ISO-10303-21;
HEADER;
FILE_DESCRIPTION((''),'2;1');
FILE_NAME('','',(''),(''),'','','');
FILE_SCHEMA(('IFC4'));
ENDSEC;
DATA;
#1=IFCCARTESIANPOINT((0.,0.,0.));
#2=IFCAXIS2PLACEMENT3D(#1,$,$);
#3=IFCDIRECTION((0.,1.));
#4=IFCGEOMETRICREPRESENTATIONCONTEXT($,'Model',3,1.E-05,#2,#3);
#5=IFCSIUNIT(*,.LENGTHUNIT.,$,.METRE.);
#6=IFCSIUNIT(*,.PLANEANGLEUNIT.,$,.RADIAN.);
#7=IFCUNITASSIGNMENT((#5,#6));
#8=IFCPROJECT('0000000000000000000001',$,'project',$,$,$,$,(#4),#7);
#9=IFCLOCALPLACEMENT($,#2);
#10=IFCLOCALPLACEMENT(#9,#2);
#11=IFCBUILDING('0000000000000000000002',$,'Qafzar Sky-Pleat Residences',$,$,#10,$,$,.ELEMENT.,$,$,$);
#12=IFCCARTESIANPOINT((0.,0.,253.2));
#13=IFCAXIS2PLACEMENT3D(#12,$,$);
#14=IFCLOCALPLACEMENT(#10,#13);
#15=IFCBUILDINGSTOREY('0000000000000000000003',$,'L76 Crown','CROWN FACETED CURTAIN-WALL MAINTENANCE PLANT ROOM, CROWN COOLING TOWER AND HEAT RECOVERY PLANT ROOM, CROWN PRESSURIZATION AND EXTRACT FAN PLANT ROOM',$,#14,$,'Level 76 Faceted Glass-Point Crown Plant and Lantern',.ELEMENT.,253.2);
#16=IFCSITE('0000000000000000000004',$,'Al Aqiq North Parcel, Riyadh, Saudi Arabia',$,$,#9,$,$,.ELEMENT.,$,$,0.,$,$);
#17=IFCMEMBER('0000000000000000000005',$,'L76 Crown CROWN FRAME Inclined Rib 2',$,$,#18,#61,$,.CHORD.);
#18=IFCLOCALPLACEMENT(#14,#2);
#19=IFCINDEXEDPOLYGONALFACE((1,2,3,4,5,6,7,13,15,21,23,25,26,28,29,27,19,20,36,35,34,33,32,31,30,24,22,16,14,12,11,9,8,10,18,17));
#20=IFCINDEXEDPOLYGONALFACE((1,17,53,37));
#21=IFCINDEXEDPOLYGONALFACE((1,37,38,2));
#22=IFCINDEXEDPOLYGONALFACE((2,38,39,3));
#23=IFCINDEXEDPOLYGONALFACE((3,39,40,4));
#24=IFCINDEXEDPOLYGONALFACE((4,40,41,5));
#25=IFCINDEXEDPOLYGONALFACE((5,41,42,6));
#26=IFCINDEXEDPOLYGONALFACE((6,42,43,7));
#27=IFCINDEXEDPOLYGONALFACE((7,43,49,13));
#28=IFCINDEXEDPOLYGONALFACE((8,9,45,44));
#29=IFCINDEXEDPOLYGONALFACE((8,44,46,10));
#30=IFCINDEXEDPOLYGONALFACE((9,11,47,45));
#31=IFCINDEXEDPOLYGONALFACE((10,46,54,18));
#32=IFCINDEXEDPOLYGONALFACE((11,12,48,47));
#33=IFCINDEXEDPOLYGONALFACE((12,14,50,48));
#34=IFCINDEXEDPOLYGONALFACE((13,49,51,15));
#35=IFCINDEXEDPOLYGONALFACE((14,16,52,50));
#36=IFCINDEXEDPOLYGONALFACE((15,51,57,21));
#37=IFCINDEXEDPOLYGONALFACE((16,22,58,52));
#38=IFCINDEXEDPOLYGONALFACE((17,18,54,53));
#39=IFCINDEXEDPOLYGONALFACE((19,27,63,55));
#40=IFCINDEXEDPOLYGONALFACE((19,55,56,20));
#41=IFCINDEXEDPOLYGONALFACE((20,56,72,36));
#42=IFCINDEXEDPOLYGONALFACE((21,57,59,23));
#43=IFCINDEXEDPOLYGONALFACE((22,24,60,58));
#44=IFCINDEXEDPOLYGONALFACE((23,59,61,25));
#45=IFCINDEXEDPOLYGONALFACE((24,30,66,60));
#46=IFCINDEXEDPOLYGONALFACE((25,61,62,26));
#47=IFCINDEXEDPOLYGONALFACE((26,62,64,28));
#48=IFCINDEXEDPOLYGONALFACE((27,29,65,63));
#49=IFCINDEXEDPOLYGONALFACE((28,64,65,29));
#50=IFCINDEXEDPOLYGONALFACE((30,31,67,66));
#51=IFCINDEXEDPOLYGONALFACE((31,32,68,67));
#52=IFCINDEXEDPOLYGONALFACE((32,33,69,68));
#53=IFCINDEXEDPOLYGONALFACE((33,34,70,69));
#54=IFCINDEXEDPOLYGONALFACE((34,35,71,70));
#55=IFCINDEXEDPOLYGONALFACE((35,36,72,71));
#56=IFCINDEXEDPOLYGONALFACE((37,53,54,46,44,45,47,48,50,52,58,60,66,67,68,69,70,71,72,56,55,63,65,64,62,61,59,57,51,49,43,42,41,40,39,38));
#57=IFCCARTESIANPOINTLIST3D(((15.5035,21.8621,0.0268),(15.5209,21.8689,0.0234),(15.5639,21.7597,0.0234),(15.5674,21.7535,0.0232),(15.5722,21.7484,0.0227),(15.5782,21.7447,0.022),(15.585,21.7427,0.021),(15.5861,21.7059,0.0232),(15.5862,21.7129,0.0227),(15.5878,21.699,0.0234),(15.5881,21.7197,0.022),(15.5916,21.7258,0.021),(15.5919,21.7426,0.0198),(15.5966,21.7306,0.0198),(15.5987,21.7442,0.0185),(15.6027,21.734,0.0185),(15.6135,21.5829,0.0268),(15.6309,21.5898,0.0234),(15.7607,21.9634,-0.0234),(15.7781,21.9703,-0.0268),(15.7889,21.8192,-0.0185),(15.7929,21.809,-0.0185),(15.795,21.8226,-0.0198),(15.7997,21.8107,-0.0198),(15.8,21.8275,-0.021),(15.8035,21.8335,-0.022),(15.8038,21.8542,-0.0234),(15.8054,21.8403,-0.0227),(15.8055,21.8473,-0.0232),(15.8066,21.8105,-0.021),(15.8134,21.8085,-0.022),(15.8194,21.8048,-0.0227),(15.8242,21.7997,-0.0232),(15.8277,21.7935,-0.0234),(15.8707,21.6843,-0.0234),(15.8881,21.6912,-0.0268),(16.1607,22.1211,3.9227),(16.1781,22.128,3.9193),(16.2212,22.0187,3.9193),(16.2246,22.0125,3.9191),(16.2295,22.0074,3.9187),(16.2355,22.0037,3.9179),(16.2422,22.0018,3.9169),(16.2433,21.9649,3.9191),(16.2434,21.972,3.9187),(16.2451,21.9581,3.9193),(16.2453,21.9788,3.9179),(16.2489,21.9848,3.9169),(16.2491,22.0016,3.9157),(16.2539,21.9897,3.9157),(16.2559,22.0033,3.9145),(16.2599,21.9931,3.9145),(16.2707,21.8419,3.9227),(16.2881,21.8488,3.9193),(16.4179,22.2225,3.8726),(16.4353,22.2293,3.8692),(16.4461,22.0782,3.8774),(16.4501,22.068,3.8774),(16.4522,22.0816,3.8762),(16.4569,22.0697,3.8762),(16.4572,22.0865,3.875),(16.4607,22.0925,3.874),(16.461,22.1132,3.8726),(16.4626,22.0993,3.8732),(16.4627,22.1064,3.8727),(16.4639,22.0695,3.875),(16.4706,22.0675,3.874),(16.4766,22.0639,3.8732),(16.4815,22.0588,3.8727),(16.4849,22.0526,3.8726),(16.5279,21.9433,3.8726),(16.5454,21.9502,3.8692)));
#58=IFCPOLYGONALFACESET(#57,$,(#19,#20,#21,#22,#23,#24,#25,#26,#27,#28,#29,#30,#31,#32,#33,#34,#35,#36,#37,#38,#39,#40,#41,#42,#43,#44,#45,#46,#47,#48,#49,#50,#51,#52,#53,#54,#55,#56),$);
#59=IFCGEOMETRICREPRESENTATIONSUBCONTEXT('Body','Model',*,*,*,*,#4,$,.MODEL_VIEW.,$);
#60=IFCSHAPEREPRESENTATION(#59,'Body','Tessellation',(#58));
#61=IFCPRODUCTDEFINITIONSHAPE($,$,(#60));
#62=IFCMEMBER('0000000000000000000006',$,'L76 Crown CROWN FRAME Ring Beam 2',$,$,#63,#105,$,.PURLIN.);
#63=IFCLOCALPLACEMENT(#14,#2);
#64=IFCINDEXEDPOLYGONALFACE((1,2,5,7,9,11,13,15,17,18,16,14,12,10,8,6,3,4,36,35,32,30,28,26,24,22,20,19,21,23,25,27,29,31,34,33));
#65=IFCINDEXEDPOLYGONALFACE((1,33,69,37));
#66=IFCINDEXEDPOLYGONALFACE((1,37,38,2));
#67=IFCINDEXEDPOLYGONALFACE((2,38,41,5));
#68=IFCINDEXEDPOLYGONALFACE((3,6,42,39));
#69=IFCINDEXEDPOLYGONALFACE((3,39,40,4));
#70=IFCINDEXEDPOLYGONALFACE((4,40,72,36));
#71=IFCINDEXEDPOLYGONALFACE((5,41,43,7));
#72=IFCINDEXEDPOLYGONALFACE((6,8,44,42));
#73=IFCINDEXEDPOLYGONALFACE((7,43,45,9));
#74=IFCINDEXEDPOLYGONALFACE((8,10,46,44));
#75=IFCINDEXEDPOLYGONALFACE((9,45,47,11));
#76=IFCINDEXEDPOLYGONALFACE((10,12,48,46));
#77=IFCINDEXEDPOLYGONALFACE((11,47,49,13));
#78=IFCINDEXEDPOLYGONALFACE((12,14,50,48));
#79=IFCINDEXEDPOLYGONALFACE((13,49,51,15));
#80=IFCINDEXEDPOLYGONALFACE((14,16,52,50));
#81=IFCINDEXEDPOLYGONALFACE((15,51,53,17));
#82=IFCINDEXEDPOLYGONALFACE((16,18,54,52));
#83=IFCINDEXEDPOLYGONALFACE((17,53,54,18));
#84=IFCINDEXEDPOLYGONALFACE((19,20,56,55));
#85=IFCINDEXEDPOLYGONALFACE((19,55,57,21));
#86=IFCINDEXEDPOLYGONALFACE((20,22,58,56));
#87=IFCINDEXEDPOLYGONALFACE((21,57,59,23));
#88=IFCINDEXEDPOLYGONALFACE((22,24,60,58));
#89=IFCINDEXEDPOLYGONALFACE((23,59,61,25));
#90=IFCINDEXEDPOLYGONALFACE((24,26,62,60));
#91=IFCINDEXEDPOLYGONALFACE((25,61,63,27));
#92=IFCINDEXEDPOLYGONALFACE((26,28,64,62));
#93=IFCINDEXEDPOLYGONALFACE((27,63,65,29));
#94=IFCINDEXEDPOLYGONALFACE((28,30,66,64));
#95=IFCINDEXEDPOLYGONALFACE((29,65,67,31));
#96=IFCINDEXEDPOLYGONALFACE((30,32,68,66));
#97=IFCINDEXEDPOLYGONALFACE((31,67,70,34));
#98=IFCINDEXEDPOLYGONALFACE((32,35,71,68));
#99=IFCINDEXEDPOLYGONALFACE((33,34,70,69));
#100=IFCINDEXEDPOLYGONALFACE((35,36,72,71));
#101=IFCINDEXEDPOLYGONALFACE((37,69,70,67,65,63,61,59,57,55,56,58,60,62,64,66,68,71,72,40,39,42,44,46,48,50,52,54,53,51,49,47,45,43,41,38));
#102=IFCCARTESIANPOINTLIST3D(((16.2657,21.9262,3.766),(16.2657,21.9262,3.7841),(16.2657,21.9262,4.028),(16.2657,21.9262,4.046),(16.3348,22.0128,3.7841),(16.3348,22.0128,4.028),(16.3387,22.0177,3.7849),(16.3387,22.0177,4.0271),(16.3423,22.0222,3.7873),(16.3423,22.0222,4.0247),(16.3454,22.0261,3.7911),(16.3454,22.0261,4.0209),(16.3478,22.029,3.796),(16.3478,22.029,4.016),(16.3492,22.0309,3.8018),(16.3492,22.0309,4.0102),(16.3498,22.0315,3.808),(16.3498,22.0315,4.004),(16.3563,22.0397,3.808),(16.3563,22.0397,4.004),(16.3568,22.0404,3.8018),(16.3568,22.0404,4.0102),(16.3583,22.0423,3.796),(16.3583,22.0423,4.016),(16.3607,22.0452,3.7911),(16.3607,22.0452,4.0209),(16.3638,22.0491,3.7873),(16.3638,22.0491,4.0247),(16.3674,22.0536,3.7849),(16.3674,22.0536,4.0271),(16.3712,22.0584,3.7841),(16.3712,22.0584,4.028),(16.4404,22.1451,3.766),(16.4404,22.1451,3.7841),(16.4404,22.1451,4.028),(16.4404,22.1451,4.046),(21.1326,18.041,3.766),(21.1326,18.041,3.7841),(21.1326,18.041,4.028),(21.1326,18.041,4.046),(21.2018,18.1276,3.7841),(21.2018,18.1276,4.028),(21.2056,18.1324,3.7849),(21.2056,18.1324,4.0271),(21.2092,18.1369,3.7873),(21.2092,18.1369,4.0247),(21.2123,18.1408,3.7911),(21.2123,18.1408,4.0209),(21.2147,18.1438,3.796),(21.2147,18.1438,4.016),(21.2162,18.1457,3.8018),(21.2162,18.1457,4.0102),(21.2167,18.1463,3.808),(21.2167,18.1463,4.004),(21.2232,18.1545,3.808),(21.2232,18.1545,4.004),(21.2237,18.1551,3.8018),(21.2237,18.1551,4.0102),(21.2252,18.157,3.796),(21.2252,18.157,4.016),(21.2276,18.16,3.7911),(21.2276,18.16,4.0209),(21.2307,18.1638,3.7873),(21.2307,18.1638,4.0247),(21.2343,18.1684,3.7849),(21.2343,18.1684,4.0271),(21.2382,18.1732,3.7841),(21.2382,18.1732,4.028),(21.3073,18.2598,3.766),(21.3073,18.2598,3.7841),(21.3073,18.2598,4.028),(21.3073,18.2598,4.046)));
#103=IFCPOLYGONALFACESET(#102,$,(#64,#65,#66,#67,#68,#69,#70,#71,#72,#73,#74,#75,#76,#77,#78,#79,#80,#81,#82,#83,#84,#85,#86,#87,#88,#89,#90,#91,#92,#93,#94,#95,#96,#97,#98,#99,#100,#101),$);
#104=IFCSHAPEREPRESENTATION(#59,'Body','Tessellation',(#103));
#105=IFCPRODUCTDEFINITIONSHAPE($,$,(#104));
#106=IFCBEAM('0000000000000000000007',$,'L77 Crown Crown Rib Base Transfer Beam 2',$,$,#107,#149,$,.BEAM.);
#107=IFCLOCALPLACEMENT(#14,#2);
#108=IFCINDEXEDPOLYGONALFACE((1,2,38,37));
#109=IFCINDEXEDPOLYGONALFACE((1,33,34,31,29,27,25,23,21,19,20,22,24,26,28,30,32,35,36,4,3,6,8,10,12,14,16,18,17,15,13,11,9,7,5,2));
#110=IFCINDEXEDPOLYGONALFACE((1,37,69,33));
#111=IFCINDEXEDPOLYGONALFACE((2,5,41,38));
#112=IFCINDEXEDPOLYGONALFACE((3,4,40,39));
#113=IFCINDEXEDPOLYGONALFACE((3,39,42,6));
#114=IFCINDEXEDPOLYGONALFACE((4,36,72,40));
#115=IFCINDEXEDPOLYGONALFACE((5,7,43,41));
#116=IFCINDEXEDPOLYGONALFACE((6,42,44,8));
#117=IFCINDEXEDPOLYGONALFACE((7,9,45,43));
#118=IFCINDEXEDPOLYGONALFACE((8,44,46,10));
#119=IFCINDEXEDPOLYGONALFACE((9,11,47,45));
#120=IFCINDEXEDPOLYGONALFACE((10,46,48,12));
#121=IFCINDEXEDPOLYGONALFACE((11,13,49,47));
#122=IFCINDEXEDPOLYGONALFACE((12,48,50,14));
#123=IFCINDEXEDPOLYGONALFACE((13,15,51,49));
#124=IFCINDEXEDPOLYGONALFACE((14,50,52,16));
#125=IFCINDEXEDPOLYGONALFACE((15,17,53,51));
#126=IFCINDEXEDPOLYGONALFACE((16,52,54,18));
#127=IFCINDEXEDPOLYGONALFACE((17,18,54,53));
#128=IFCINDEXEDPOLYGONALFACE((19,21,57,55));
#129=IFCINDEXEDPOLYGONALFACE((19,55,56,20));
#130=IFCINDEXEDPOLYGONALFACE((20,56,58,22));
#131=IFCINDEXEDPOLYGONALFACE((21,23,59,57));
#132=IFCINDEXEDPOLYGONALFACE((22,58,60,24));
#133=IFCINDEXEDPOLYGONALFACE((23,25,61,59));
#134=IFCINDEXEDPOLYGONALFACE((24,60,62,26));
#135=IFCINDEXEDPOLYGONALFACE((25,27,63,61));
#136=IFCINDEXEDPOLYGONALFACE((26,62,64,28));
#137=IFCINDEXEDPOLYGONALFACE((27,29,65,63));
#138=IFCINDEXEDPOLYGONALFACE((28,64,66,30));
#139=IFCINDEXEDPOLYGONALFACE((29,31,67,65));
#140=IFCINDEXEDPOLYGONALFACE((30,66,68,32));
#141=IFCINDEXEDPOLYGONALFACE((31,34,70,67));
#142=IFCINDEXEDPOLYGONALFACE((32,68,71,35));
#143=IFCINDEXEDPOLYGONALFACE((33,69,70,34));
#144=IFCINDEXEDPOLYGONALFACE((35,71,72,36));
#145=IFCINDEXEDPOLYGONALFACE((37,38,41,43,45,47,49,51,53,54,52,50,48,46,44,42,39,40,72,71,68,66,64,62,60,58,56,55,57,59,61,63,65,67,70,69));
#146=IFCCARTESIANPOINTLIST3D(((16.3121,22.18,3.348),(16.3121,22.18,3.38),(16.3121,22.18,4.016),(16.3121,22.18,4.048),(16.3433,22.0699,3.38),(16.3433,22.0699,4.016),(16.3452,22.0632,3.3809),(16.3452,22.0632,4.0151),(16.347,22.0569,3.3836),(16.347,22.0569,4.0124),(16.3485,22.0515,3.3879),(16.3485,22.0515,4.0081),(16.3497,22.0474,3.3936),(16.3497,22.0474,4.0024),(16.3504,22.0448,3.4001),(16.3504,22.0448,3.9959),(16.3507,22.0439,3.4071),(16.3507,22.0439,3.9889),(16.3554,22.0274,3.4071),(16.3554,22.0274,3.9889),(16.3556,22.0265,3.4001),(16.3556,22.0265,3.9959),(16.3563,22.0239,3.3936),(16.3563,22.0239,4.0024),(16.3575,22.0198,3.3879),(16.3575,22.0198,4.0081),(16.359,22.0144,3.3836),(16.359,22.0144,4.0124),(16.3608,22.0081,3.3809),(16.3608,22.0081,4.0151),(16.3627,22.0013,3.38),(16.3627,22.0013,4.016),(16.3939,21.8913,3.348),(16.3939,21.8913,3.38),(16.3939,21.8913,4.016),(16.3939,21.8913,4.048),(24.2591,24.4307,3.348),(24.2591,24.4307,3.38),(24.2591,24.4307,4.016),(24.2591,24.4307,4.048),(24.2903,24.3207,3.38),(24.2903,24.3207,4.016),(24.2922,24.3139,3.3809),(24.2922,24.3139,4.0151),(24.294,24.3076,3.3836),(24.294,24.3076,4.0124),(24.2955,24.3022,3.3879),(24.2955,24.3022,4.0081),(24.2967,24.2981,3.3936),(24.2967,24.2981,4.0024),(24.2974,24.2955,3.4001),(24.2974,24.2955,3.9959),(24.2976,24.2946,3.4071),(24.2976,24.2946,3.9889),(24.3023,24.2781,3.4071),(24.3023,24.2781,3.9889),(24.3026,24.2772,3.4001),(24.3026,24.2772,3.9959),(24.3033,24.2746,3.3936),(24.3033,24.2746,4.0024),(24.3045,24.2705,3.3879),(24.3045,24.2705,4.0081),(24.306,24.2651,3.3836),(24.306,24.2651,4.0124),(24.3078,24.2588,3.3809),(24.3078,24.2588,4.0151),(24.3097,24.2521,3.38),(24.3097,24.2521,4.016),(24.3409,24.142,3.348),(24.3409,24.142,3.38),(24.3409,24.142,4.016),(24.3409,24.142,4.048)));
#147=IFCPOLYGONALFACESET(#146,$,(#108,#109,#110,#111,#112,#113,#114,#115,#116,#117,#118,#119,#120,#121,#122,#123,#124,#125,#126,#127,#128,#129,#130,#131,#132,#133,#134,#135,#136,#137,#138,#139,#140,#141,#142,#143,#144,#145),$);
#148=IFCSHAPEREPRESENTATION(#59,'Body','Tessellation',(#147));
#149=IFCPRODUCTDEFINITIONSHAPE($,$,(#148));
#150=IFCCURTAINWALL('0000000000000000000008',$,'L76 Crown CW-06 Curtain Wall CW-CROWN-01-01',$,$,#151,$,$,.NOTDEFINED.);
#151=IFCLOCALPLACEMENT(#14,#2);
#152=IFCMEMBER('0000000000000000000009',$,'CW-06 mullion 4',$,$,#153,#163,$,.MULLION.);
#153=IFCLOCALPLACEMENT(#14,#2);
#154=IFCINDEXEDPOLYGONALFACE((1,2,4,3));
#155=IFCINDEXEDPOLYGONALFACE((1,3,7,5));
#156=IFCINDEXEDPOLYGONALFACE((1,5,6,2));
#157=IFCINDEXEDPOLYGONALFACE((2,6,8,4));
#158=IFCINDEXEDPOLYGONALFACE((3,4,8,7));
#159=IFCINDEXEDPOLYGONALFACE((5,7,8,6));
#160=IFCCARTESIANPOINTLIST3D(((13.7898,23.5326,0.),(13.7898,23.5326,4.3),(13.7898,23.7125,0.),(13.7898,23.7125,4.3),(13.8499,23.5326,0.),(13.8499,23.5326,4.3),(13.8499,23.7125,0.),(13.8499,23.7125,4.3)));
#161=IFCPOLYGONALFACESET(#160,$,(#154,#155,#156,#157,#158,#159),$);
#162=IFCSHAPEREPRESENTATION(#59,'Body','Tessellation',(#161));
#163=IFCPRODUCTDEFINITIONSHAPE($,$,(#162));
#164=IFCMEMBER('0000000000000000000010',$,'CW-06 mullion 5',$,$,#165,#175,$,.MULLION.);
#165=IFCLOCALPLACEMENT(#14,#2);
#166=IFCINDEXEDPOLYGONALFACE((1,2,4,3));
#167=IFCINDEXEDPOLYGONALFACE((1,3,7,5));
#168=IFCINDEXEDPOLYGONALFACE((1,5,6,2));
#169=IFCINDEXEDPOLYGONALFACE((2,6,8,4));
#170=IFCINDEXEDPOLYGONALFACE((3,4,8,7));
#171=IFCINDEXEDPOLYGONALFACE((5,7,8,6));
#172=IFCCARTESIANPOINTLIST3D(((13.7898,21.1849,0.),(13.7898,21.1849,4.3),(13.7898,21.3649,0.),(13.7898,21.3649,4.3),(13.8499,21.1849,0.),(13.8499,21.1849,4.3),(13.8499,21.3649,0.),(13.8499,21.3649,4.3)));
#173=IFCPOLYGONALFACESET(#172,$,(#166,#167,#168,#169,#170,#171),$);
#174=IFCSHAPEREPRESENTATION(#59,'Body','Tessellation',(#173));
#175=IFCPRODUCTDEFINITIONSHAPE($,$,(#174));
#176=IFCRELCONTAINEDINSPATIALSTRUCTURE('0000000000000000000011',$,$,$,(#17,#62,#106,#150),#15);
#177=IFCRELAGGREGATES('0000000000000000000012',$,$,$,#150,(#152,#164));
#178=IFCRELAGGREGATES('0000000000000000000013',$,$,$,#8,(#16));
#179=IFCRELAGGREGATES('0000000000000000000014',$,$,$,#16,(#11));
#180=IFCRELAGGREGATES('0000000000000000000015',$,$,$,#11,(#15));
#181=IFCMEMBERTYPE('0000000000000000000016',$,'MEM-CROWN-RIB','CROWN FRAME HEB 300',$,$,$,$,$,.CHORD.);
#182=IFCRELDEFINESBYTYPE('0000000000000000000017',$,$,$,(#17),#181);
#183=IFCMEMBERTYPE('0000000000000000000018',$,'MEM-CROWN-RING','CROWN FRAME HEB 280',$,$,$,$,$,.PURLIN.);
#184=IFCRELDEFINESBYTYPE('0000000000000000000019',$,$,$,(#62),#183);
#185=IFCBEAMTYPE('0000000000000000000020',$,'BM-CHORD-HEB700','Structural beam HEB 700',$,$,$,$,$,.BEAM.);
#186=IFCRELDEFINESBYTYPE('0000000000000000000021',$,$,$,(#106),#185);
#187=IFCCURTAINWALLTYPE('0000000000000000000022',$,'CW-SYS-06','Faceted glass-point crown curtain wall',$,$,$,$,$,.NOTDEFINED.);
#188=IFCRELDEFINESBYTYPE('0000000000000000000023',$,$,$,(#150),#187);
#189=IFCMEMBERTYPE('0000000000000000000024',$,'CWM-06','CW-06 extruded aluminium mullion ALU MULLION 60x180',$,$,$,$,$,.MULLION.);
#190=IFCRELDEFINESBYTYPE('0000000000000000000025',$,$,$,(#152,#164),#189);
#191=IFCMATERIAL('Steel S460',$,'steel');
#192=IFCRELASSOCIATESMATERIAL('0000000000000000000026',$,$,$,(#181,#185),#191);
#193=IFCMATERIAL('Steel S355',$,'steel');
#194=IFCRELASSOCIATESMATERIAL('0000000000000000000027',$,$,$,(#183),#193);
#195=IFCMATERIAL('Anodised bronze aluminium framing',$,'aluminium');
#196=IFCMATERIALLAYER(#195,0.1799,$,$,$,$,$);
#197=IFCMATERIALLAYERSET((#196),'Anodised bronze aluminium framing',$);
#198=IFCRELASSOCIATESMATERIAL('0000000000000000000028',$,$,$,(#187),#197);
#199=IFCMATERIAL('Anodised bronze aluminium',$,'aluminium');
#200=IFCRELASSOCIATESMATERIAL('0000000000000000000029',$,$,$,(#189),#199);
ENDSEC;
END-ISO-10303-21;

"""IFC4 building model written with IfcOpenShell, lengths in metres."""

from ifc_helpers import new_model, si_unit, direction, frame, origin, origin_2d, place, context, subcontext, project, spatial, rectangle, i_section, extrude, source, transform, mapped, material, layer, layer_set, material_profile, profile_set, type_object, element, aggregate, save


model = new_model("IFC4")

# Units and contexts
model_context = context("Model", 3, precision=1e-05, world=origin(), true_north=direction((0.0, 1.0)))
body_context = subcontext(model_context, "Body", "Model", "MODEL_VIEW")
ifc_project = project(units=[si_unit("LENGTHUNIT", "METRE"), si_unit("PLANEANGLEUNIT", "RADIAN")], contexts=[model_context])

# Site, building, storey
site_placement = place(None, origin())
site = spatial("IfcSite", under=ifc_project, at=site_placement, Name="Al Aqiq North Parcel, Riyadh, Saudi Arabia", CompositionType="ELEMENT", RefElevation=0.0)
building_placement = place(site_placement, origin())
building = spatial("IfcBuilding", under=site, at=building_placement, Name="Qafzar Sky-Pleat Residences", CompositionType="ELEMENT")
storey_placement = place(building_placement, frame((0.0, 0.0, 253.2)))
storey = spatial("IfcBuildingStorey", under=building, at=storey_placement, Name="L76 Crown", Description="CROWN FACETED CURTAIN-WALL MAINTENANCE PLANT ROOM, CROWN COOLING TOWER AND HEAT RECOVERY PLANT ROOM, CROWN PRESSURIZATION AND EXTRACT FAN PLANT ROOM", LongName="Level 76 Faceted Glass-Point Crown Plant and Lantern", CompositionType="ELEMENT", Elevation=253.2)

# Members
ifc_material_1 = material(Name="Steel S460", Category="steel")
ifc_material_profile_1 = material_profile(ifc_material_1, i_section(OverallWidth=0.3, OverallDepth=0.3, WebThickness=0.011, FlangeThickness=0.019, FilletRadius=0.0271, at=origin_2d()), Name="HEB 300")
ifc_profile_set_1 = profile_set([ifc_material_profile_1], Name="Steel S460")
member_type_1 = type_object("IfcMemberType", Name="MEM-CROWN-RIB", Description="CROWN FRAME HEB 300", PredefinedType="CHORD", material=ifc_profile_set_1)
shared_shape_1 = source(origin(), body_context, "Body", "SweptSolid", [
    extrude(i_section(OverallWidth=0.3, OverallDepth=0.3, WebThickness=0.011, FlangeThickness=0.019, FilletRadius=0.0271, at=origin_2d()), origin(), (0.0, 0.0, 1.0), 3.9595),
])
member_1_placement = place(storey_placement, frame((15.6958, 21.7766, 0.0), z_axis=(0.165986, 0.06542, 0.983956), x_axis=(-0.366679, 0.930348, 0.0)))
element("IfcMember", 1, at=member_1_placement, inside=storey, type_object=member_type_1, Name="L76 Crown CROWN FRAME Inclined Rib 2", PredefinedType="CHORD", context=body_context, shape_type="MappedRepresentation", body=[
    mapped(shared_shape_1, transform((0.0, 0.0, 0.0), x_axis=(1.0, 0.0, 0.0), y_axis=(0.0, 1.0, 0.0), z_axis=(0.0, 0.0, 1.0), scale=1.0)),
])
ifc_material_2 = material(Name="Steel S355", Category="steel")
ifc_material_profile_2 = material_profile(ifc_material_2, i_section(OverallWidth=0.28, OverallDepth=0.28, WebThickness=0.0105, FlangeThickness=0.0181, FilletRadius=0.0239, at=origin_2d()), Name="HEB 280")
ifc_profile_set_2 = profile_set([ifc_material_profile_2], Name="Steel S355")
member_type_2 = type_object("IfcMemberType", Name="MEM-CROWN-RING", Description="CROWN FRAME HEB 280", PredefinedType="PURLIN", material=ifc_profile_set_2)
shared_shape_2 = source(origin(), body_context, "Body", "SweptSolid", [
    extrude(i_section(OverallWidth=0.28, OverallDepth=0.28, WebThickness=0.0105, FlangeThickness=0.0181, FilletRadius=0.0239, at=origin_2d()), origin(), (0.0, 0.0, 1.0), 6.2275),
])
member_2_placement = place(storey_placement, frame((16.353, 22.0356, 3.906), z_axis=(0.781519, -0.623882, 0.0), x_axis=(0.623882, 0.781519, 0.0)))
element("IfcMember", 2, at=member_2_placement, inside=storey, type_object=member_type_2, Name="L76 Crown CROWN FRAME Ring Beam 2", PredefinedType="PURLIN", context=body_context, shape_type="MappedRepresentation", body=[
    mapped(shared_shape_2, transform((0.0, 0.0, 0.0), x_axis=(1.0, 0.0, 0.0), y_axis=(0.0, 1.0, 0.0), z_axis=(0.0, 0.0, 1.0), scale=1.0)),
])

# Beam
ifc_material_profile_3 = material_profile(ifc_material_1, i_section(OverallWidth=0.3, OverallDepth=0.7, WebThickness=0.0171, FlangeThickness=0.032, FilletRadius=0.0271, at=origin_2d()), Name="HEB 700")
ifc_profile_set_3 = profile_set([ifc_material_profile_3], Name="Steel S460")
beam_type = type_object("IfcBeamType", Name="BM-CHORD-HEB700", Description="Structural beam HEB 700", PredefinedType="BEAM", material=ifc_profile_set_3)
shared_shape_3 = source(origin(), body_context, "Body", "SweptSolid", [
    extrude(i_section(OverallWidth=0.3, OverallDepth=0.7, WebThickness=0.0171, FlangeThickness=0.032, FilletRadius=0.0271, at=origin_2d()), origin(), (0.0, 0.0, 1.0), 8.2595),
])
beam_placement = place(storey_placement, frame((16.353, 22.0356, 3.698), z_axis=(0.962156, 0.272499, 0.0), x_axis=(-0.272499, 0.962156, 0.0)))
element("IfcBeam", 3, at=beam_placement, inside=storey, type_object=beam_type, Name="L77 Crown Crown Rib Base Transfer Beam 2", PredefinedType="BEAM", context=body_context, shape_type="MappedRepresentation", body=[
    mapped(shared_shape_3, transform((0.0, 0.0, 0.0), x_axis=(1.0, 0.0, 0.0), y_axis=(0.0, 1.0, 0.0), z_axis=(0.0, 0.0, 1.0), scale=1.0)),
])

# Curtain wall, members
ifc_material_3 = material(Name="Anodised bronze aluminium framing", Category="aluminium")
ifc_layer_1 = layer(ifc_material_3, 0.1799)
ifc_layer_set_1 = layer_set([ifc_layer_1], Name="Anodised bronze aluminium framing")
curtain_wall_type = type_object("IfcCurtainWallType", Name="CW-SYS-06", Description="Faceted glass-point crown curtain wall", PredefinedType="NOTDEFINED", material=ifc_layer_set_1)
curtain_wall_1_placement = place(storey_placement, origin())
curtain_wall_1 = element("IfcCurtainWall", 4, at=curtain_wall_1_placement, inside=storey, type_object=curtain_wall_type, Name="L76 Crown CW-06 Curtain Wall CW-CROWN-01-01", PredefinedType="NOTDEFINED")
ifc_material_4 = material(Name="Anodised bronze aluminium", Category="aluminium")
ifc_material_profile_4 = material_profile(ifc_material_4, rectangle(XDim=0.0601, YDim=0.1799, at=origin_2d()), Name="ALU MULLION 60x180")
ifc_profile_set_4 = profile_set([ifc_material_profile_4], Name="Anodised bronze aluminium")
member_type_3 = type_object("IfcMemberType", Name="CWM-06", Description="CW-06 extruded aluminium mullion ALU MULLION 60x180", PredefinedType="MULLION", material=ifc_profile_set_4)
shared_shape_4 = source(origin(), body_context, "Body", "SweptSolid", [
    extrude(rectangle(XDim=0.0601, YDim=0.1799, at=origin_2d()), origin(), (0.0, 0.0, 1.0), 4.3),
])
member_3_placement = place(storey_placement, frame((13.8198, 23.6226, 0.0), z_axis=(0.0, 0.0, 1.0), x_axis=(1.0, 0.0, 0.0)))
member_3 = element("IfcMember", 5, at=member_3_placement, type_object=member_type_3, Name="CW-06 mullion 4", PredefinedType="MULLION", context=body_context, shape_type="MappedRepresentation", body=[
    mapped(shared_shape_4, transform((0.0, 0.0, 0.0), x_axis=(1.0, 0.0, 0.0), y_axis=(0.0, 1.0, 0.0), z_axis=(0.0, 0.0, 1.0), scale=1.0)),
])
member_4_placement = place(storey_placement, frame((13.8198, 21.2749, 0.0), z_axis=(0.0, 0.0, 1.0), x_axis=(1.0, 0.0, 0.0)))
member_4 = element("IfcMember", 6, at=member_4_placement, type_object=member_type_3, Name="CW-06 mullion 5", PredefinedType="MULLION", context=body_context, shape_type="MappedRepresentation", body=[
    mapped(shared_shape_4, transform((0.0, 0.0, 0.0), x_axis=(1.0, 0.0, 0.0), y_axis=(0.0, 1.0, 0.0), z_axis=(0.0, 0.0, 1.0), scale=1.0)),
])

aggregate(curtain_wall_1, [member_3, member_4])

save(model, "model.ifc")
